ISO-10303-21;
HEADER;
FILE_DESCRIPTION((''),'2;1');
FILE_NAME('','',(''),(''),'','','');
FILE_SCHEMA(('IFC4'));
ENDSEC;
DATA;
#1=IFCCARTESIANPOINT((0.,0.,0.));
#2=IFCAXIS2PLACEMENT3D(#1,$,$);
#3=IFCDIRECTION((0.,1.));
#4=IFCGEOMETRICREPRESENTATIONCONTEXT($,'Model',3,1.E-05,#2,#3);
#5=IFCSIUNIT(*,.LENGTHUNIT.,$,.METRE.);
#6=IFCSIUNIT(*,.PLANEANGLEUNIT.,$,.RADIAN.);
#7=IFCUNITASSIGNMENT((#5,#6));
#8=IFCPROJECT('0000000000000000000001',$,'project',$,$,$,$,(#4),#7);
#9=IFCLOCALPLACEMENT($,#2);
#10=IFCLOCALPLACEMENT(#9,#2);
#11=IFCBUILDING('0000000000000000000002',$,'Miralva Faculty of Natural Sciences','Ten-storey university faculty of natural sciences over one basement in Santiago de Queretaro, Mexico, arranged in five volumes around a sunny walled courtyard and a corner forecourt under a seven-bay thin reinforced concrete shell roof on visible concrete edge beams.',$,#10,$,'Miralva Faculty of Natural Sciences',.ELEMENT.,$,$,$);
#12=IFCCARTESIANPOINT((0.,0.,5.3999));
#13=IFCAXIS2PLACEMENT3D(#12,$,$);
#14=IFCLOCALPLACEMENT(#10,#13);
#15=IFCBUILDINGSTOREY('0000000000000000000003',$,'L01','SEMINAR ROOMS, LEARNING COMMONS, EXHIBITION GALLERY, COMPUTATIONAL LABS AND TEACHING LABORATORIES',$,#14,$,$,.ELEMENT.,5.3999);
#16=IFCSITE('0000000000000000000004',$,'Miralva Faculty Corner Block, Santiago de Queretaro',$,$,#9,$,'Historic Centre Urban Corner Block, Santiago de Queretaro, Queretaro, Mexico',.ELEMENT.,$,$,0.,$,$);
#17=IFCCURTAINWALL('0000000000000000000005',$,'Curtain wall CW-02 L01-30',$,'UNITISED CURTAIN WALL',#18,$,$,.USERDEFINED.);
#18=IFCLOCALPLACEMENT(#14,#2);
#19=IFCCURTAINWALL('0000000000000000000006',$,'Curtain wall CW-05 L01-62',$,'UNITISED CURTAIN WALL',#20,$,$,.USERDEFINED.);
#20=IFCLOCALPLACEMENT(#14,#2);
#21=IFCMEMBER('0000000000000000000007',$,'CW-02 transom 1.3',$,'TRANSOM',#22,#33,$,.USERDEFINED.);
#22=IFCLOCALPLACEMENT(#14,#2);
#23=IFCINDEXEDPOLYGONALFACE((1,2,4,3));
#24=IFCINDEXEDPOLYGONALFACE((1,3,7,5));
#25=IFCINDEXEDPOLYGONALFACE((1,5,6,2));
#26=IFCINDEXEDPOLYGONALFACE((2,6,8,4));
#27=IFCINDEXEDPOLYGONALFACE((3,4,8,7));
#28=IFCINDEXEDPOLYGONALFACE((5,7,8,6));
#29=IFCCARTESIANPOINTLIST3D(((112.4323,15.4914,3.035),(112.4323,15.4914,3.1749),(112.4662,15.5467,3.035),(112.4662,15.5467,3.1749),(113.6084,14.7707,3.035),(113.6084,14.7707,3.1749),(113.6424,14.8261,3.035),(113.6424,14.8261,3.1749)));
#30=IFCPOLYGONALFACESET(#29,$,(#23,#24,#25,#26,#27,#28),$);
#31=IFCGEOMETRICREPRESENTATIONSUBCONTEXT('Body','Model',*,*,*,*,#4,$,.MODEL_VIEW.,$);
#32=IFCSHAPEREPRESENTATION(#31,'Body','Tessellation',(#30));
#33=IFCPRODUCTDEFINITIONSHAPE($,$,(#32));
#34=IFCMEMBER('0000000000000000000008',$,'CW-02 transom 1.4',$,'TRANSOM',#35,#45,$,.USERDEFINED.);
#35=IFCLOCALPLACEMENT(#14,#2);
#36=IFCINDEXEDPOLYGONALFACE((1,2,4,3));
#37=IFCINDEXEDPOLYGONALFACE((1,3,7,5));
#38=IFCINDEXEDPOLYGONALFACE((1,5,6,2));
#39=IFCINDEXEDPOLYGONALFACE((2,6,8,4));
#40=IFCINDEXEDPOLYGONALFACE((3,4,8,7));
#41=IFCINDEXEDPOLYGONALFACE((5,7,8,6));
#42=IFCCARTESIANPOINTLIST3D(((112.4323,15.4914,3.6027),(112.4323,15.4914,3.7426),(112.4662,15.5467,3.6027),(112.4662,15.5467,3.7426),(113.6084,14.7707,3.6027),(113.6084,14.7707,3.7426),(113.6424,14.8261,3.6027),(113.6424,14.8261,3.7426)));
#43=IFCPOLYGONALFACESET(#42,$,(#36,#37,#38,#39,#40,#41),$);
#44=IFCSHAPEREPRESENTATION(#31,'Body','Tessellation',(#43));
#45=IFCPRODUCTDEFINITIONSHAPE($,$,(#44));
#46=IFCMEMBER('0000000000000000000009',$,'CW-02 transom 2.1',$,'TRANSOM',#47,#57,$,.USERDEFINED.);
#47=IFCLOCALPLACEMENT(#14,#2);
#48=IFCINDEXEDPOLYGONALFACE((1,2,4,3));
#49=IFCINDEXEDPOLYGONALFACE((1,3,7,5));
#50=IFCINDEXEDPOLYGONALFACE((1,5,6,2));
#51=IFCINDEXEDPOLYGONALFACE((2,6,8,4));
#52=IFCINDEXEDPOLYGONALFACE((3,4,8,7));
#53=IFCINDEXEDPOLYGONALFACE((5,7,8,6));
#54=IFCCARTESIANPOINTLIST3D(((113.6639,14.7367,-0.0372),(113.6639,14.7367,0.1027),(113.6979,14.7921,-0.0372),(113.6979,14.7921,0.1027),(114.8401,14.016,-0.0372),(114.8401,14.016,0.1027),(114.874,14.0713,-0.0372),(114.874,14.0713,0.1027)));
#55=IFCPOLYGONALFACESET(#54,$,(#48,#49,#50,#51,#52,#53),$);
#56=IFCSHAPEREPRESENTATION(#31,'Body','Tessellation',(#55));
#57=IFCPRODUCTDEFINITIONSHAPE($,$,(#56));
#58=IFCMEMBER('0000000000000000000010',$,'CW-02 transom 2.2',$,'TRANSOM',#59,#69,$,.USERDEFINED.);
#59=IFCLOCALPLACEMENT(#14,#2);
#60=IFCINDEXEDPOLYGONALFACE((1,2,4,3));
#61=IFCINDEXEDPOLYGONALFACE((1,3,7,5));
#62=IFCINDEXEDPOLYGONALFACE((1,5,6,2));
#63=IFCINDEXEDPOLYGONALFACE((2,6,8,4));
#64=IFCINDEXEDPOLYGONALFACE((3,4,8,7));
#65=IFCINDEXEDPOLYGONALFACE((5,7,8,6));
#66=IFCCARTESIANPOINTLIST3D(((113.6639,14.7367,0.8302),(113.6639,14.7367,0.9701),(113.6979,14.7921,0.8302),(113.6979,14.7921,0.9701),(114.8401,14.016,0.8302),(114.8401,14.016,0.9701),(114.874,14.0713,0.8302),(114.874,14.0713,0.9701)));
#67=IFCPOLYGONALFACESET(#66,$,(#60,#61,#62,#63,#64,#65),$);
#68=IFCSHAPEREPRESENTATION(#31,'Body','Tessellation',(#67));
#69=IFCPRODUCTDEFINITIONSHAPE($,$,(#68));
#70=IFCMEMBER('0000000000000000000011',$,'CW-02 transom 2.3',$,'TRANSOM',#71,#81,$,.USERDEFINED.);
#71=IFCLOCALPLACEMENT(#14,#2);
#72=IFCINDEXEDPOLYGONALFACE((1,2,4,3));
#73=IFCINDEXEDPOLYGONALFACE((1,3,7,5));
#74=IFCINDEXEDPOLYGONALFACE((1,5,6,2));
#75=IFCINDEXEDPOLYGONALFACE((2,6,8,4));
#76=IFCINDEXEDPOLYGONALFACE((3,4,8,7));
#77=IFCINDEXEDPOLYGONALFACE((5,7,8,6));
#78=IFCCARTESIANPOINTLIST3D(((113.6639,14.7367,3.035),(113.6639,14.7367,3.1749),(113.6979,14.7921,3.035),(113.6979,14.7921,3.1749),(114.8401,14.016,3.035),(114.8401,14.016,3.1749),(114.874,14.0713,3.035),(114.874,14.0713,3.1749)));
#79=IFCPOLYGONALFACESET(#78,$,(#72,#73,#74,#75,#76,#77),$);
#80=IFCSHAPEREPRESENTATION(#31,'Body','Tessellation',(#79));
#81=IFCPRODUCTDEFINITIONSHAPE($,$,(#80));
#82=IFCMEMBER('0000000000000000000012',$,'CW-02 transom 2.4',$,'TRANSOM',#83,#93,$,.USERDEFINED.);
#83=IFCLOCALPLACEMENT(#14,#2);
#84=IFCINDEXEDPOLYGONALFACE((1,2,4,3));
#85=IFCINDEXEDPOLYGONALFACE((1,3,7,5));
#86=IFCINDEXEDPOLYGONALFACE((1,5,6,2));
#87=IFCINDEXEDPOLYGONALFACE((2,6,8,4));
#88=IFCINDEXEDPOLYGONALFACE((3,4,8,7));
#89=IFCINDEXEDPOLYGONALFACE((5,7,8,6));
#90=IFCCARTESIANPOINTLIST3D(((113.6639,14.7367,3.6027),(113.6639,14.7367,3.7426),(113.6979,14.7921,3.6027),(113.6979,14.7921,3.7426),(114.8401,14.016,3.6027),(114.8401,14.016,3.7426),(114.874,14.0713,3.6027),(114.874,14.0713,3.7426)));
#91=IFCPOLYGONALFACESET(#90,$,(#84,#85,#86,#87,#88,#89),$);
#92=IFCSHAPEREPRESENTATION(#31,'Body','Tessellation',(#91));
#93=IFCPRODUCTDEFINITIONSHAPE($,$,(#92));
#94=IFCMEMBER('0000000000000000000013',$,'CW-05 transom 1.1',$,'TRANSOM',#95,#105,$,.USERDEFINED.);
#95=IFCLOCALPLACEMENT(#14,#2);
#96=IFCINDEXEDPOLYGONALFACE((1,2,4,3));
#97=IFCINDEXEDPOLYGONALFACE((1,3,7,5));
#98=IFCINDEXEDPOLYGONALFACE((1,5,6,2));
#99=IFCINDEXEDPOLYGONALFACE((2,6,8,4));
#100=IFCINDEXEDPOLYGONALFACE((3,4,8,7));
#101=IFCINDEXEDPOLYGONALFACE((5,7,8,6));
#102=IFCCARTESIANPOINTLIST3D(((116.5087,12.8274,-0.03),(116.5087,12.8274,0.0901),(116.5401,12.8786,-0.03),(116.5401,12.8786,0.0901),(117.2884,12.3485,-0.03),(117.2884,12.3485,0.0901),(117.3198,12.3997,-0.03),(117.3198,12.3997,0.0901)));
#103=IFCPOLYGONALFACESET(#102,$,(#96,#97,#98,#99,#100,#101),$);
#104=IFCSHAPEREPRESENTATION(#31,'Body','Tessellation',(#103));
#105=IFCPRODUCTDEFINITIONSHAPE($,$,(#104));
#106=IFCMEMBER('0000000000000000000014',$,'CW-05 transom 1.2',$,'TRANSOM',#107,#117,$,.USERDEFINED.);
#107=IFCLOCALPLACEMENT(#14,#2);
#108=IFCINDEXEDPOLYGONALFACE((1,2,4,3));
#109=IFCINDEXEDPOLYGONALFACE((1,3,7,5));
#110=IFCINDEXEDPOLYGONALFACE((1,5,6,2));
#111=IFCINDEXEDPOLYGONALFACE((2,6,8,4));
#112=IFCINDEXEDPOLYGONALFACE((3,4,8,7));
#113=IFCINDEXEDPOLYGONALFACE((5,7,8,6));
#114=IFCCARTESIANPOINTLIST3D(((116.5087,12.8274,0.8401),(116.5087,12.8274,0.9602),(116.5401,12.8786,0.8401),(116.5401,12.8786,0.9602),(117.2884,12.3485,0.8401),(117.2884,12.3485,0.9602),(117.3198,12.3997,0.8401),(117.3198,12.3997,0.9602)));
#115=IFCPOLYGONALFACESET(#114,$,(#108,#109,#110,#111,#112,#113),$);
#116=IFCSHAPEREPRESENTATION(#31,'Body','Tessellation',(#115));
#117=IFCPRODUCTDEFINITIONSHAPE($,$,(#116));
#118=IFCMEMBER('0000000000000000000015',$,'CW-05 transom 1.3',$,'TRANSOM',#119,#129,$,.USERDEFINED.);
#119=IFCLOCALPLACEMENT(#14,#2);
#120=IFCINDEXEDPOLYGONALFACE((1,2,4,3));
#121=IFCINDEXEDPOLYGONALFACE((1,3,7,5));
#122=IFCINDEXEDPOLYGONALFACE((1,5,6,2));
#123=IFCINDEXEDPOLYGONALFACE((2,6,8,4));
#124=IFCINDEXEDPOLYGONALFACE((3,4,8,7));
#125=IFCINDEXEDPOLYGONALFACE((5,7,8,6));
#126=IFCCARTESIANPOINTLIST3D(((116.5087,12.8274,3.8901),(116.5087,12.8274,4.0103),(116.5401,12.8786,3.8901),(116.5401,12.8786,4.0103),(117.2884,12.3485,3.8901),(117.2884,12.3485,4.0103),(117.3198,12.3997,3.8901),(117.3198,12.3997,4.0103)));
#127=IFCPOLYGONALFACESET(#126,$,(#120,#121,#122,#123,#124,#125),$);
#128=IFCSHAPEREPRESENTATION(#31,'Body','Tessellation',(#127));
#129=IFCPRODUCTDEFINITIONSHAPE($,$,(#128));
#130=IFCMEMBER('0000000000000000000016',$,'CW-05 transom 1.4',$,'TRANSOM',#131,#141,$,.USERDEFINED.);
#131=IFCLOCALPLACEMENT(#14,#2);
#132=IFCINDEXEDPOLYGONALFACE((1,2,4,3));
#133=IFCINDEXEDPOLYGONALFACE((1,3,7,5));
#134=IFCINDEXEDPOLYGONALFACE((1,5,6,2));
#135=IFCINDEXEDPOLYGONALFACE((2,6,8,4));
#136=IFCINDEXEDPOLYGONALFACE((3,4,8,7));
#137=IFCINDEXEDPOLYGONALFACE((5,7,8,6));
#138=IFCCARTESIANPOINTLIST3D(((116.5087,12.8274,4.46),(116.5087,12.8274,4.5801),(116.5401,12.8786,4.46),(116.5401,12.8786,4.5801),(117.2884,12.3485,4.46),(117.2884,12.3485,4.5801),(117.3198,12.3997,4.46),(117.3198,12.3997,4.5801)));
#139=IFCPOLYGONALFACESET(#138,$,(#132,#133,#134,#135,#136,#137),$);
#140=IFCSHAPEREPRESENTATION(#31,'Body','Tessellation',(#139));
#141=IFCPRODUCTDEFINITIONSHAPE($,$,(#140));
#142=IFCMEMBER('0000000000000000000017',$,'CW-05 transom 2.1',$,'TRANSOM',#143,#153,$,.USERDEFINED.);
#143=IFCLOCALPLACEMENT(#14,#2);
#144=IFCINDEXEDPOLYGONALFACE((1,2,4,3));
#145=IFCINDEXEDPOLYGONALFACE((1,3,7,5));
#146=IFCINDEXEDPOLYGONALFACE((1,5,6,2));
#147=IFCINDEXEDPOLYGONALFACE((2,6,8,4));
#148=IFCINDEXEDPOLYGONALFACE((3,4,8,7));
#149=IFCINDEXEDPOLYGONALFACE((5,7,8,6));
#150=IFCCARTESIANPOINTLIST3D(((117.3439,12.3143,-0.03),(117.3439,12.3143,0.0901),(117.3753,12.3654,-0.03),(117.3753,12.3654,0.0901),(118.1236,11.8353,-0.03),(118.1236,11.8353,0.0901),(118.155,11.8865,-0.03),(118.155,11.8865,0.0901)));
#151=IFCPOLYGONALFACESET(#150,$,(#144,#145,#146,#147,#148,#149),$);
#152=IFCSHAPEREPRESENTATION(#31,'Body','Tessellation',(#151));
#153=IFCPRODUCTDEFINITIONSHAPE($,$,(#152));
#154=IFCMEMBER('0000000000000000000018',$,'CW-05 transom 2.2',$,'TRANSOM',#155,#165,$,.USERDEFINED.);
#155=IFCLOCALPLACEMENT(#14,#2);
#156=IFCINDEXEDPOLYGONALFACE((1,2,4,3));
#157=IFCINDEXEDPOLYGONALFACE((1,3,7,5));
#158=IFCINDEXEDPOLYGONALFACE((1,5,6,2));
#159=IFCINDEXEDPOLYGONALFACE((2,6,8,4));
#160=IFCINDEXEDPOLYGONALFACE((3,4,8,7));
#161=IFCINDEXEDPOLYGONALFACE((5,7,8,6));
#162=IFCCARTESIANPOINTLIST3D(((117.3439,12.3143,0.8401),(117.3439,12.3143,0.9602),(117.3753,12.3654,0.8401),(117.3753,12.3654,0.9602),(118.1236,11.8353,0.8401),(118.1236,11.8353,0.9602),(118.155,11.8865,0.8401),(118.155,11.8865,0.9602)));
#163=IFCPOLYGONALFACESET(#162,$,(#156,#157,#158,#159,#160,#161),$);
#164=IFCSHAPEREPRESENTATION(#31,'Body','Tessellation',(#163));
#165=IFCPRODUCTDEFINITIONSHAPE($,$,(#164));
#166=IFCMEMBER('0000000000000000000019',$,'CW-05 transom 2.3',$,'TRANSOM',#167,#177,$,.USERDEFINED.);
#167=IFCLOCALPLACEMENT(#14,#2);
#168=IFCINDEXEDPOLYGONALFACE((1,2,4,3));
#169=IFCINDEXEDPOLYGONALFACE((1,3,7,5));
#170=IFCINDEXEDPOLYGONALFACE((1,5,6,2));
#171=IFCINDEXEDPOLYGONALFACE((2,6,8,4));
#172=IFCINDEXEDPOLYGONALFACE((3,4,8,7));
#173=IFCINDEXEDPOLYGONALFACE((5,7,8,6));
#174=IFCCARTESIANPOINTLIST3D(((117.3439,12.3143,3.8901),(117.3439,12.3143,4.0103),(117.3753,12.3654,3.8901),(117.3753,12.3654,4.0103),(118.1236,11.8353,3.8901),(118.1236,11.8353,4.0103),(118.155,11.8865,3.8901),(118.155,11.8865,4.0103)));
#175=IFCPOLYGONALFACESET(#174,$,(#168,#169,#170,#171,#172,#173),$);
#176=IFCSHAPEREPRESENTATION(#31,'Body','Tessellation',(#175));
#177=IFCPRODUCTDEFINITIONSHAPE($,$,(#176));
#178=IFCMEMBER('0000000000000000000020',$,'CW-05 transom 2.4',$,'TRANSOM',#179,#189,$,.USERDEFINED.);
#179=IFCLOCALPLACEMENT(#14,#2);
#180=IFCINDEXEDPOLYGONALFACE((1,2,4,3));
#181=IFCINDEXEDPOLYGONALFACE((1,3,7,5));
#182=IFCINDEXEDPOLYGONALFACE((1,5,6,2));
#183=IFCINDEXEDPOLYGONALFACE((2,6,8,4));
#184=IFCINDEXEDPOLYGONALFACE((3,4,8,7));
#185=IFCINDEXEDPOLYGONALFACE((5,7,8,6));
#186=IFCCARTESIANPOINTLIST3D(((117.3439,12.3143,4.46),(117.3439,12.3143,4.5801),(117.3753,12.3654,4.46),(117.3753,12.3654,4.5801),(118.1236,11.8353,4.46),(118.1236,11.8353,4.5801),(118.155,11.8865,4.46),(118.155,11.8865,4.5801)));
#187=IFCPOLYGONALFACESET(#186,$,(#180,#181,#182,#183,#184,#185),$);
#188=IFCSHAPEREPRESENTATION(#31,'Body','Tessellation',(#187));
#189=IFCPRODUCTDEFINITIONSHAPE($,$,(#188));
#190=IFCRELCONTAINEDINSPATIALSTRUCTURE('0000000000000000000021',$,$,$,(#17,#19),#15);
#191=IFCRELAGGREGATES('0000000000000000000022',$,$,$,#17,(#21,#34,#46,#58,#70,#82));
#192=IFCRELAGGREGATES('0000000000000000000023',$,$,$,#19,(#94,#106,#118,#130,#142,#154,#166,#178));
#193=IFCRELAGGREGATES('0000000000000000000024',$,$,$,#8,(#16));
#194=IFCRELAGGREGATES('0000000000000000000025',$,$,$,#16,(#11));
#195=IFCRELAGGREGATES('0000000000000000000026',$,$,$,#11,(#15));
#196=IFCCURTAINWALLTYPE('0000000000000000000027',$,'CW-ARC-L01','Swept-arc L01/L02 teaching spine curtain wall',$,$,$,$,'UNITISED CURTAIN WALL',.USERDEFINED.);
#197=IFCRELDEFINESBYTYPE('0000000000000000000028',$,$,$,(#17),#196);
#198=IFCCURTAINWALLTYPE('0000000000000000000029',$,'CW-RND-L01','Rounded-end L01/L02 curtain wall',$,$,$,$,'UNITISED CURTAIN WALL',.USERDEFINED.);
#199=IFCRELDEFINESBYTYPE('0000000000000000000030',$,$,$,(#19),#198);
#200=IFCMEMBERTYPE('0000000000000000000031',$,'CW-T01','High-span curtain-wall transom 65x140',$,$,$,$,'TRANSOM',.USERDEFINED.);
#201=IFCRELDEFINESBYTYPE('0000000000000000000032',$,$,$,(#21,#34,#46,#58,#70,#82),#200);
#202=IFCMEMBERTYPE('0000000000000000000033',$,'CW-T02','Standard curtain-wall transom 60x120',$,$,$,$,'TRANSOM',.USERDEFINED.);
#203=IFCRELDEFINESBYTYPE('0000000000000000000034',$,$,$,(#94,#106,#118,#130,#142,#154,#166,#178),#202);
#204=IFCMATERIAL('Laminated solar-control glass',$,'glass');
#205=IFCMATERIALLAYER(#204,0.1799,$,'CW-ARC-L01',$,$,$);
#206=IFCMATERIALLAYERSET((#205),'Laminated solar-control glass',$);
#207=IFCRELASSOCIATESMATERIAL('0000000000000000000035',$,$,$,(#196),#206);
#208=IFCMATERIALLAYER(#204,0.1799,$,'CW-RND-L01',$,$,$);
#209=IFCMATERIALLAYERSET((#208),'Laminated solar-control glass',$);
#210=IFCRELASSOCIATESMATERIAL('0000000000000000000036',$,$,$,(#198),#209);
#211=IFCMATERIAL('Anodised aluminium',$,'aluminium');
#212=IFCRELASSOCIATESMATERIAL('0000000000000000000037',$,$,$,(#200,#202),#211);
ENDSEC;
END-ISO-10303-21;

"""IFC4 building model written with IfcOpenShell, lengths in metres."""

from ifc_helpers import new_model, si_unit, direction, frame, origin, origin_2d, place, context, subcontext, project, spatial, rectangle, extrude, material, layer, layer_set, material_profile, profile_set, type_object, element, aggregate, save


model = new_model("IFC4")

# Units and contexts
model_context = context("Model", 3, precision=1e-05, world=origin(), true_north=direction((0.0, 1.0)))
body_context = subcontext(model_context, "Body", "Model", "MODEL_VIEW")
ifc_project = project(units=[si_unit("LENGTHUNIT", "METRE"), si_unit("PLANEANGLEUNIT", "RADIAN")], contexts=[model_context])

# Site, building, storey
site_placement = place(None, origin())
site = spatial("IfcSite", under=ifc_project, at=site_placement, Name="Miralva Faculty Corner Block, Santiago de Queretaro", LongName="Historic Centre Urban Corner Block, Santiago de Queretaro, Queretaro, Mexico", CompositionType="ELEMENT", RefElevation=0.0)
building_placement = place(site_placement, origin())
building = spatial("IfcBuilding", under=site, at=building_placement, Name="Miralva Faculty of Natural Sciences", Description="Ten-storey university faculty of natural sciences over one basement in Santiago de Queretaro, Mexico, arranged in five volumes around a sunny walled courtyard and a corner forecourt under a seven-bay thin reinforced concrete shell roof on visible concrete edge beams.", LongName="Miralva Faculty of Natural Sciences", CompositionType="ELEMENT")
storey_placement = place(building_placement, frame((0.0, 0.0, 5.3999)))
storey = spatial("IfcBuildingStorey", under=building, at=storey_placement, Name="L01", Description="SEMINAR ROOMS, LEARNING COMMONS, EXHIBITION GALLERY, COMPUTATIONAL LABS AND TEACHING LABORATORIES", CompositionType="ELEMENT", Elevation=5.3999)

# Shared definitions
ifc_material_1 = material(Name="Laminated solar-control glass", Category="glass")
ifc_layer_1 = layer(ifc_material_1, 0.1799, Name="CW-ARC-L01")
ifc_layer_set_1 = layer_set([ifc_layer_1], Name="Laminated solar-control glass")
curtain_wall_type_1 = type_object("IfcCurtainWallType", Name="CW-ARC-L01", Description="Swept-arc L01/L02 teaching spine curtain wall", ElementType="UNITISED CURTAIN WALL", PredefinedType="USERDEFINED", material=ifc_layer_set_1)
ifc_material_2 = material(Name="Anodised aluminium", Category="aluminium")

# Curtain walls
curtain_wall_1_placement = place(storey_placement, origin())
curtain_wall_1 = element("IfcCurtainWall", 1, at=curtain_wall_1_placement, inside=storey, type_object=curtain_wall_type_1, Name="Curtain wall CW-02 L01-30", ObjectType="UNITISED CURTAIN WALL", PredefinedType="USERDEFINED")
ifc_layer_2 = layer(ifc_material_1, 0.1799, Name="CW-RND-L01")
ifc_layer_set_2 = layer_set([ifc_layer_2], Name="Laminated solar-control glass")
curtain_wall_type_2 = type_object("IfcCurtainWallType", Name="CW-RND-L01", Description="Rounded-end L01/L02 curtain wall", ElementType="UNITISED CURTAIN WALL", PredefinedType="USERDEFINED", material=ifc_layer_set_2)
curtain_wall_2_placement = place(storey_placement, origin())
curtain_wall_2 = element("IfcCurtainWall", 2, at=curtain_wall_2_placement, inside=storey, type_object=curtain_wall_type_2, Name="Curtain wall CW-05 L01-62", ObjectType="UNITISED CURTAIN WALL", PredefinedType="USERDEFINED")

# Members
ifc_material_profile_1 = material_profile(ifc_material_2, rectangle(XDim=0.0649, YDim=0.1399, at=origin_2d()), Name="TRANSOM 65x140")
ifc_profile_set_1 = profile_set([ifc_material_profile_1], Name="Anodised aluminium")
member_type_1 = type_object("IfcMemberType", Name="CW-T01", Description="High-span curtain-wall transom 65x140", ElementType="TRANSOM", PredefinedType="USERDEFINED", material=ifc_profile_set_1)
member_1_placement = place(storey_placement, frame((112.4492, 15.519, 3.105), z_axis=(0.852678, -0.522438, 0.0), x_axis=(0.522438, 0.852678, 0.0)))
member_1 = element("IfcMember", 3, at=member_1_placement, type_object=member_type_1, Name="CW-02 transom 1.3", ObjectType="TRANSOM", PredefinedType="USERDEFINED", context=body_context, shape_type="SweptSolid", body=[
    extrude(rectangle(XDim=0.0649, YDim=0.1399, at=origin_2d()), origin(), (0.0, 0.0, 1.0), 1.3794),
])
member_2_placement = place(storey_placement, frame((112.4492, 15.519, 3.6726), z_axis=(0.852678, -0.522438, 0.0), x_axis=(0.522438, 0.852678, 0.0)))
member_2 = element("IfcMember", 4, at=member_2_placement, type_object=member_type_1, Name="CW-02 transom 1.4", ObjectType="TRANSOM", PredefinedType="USERDEFINED", context=body_context, shape_type="SweptSolid", body=[
    extrude(rectangle(XDim=0.0649, YDim=0.1399, at=origin_2d()), origin(), (0.0, 0.0, 1.0), 1.3794),
])
member_3_placement = place(storey_placement, frame((113.6809, 14.7644, 0.0327), z_axis=(0.852629, -0.522516, 0.0), x_axis=(0.522516, 0.852629, 0.0)))
member_3 = element("IfcMember", 5, at=member_3_placement, type_object=member_type_1, Name="CW-02 transom 2.1", ObjectType="TRANSOM", PredefinedType="USERDEFINED", context=body_context, shape_type="SweptSolid", body=[
    extrude(rectangle(XDim=0.0649, YDim=0.1399, at=origin_2d()), origin(), (0.0, 0.0, 1.0), 1.3794),
])
member_4_placement = place(storey_placement, frame((113.6809, 14.7644, 0.9001), z_axis=(0.852629, -0.522516, 0.0), x_axis=(0.522516, 0.852629, 0.0)))
member_4 = element("IfcMember", 6, at=member_4_placement, type_object=member_type_1, Name="CW-02 transom 2.2", ObjectType="TRANSOM", PredefinedType="USERDEFINED", context=body_context, shape_type="SweptSolid", body=[
    extrude(rectangle(XDim=0.0649, YDim=0.1399, at=origin_2d()), origin(), (0.0, 0.0, 1.0), 1.3794),
])
member_5_placement = place(storey_placement, frame((113.6809, 14.7644, 3.105), z_axis=(0.852629, -0.522516, 0.0), x_axis=(0.522516, 0.852629, 0.0)))
member_5 = element("IfcMember", 7, at=member_5_placement, type_object=member_type_1, Name="CW-02 transom 2.3", ObjectType="TRANSOM", PredefinedType="USERDEFINED", context=body_context, shape_type="SweptSolid", body=[
    extrude(rectangle(XDim=0.0649, YDim=0.1399, at=origin_2d()), origin(), (0.0, 0.0, 1.0), 1.3794),
])
member_6_placement = place(storey_placement, frame((113.6809, 14.7644, 3.6726), z_axis=(0.852629, -0.522516, 0.0), x_axis=(0.522516, 0.852629, 0.0)))
member_6 = element("IfcMember", 8, at=member_6_placement, type_object=member_type_1, Name="CW-02 transom 2.4", ObjectType="TRANSOM", PredefinedType="USERDEFINED", context=body_context, shape_type="SweptSolid", body=[
    extrude(rectangle(XDim=0.0649, YDim=0.1399, at=origin_2d()), origin(), (0.0, 0.0, 1.0), 1.3794),
])
ifc_material_profile_2 = material_profile(ifc_material_2, rectangle(XDim=0.0601, YDim=0.1201, at=origin_2d()), Name="TRANSOM 60x120")
ifc_profile_set_2 = profile_set([ifc_material_profile_2], Name="Anodised aluminium")
member_type_2 = type_object("IfcMemberType", Name="CW-T02", Description="Standard curtain-wall transom 60x120", ElementType="TRANSOM", PredefinedType="USERDEFINED", material=ifc_profile_set_2)
member_7_placement = place(storey_placement, frame((116.5244, 12.853, 0.03), z_axis=(0.852079, -0.523413, 0.0), x_axis=(0.523413, 0.852079, 0.0)))
member_7 = element("IfcMember", 9, at=member_7_placement, type_object=member_type_2, Name="CW-05 transom 1.1", ObjectType="TRANSOM", PredefinedType="USERDEFINED", context=body_context, shape_type="SweptSolid", body=[
    extrude(rectangle(XDim=0.0601, YDim=0.1201, at=origin_2d()), origin(), (0.0, 0.0, 1.0), 0.915),
])
member_8_placement = place(storey_placement, frame((116.5244, 12.853, 0.9001), z_axis=(0.852079, -0.523413, 0.0), x_axis=(0.523413, 0.852079, 0.0)))
member_8 = element("IfcMember", 10, at=member_8_placement, type_object=member_type_2, Name="CW-05 transom 1.2", ObjectType="TRANSOM", PredefinedType="USERDEFINED", context=body_context, shape_type="SweptSolid", body=[
    extrude(rectangle(XDim=0.0601, YDim=0.1201, at=origin_2d()), origin(), (0.0, 0.0, 1.0), 0.915),
])
member_9_placement = place(storey_placement, frame((116.5244, 12.853, 3.9502), z_axis=(0.852079, -0.523413, 0.0), x_axis=(0.523413, 0.852079, 0.0)))
member_9 = element("IfcMember", 11, at=member_9_placement, type_object=member_type_2, Name="CW-05 transom 1.3", ObjectType="TRANSOM", PredefinedType="USERDEFINED", context=body_context, shape_type="SweptSolid", body=[
    extrude(rectangle(XDim=0.0601, YDim=0.1201, at=origin_2d()), origin(), (0.0, 0.0, 1.0), 0.915),
])
member_10_placement = place(storey_placement, frame((116.5244, 12.853, 4.52), z_axis=(0.852079, -0.523413, 0.0), x_axis=(0.523413, 0.852079, 0.0)))
member_10 = element("IfcMember", 12, at=member_10_placement, type_object=member_type_2, Name="CW-05 transom 1.4", ObjectType="TRANSOM", PredefinedType="USERDEFINED", context=body_context, shape_type="SweptSolid", body=[
    extrude(rectangle(XDim=0.0601, YDim=0.1201, at=origin_2d()), origin(), (0.0, 0.0, 1.0), 0.915),
])
member_11_placement = place(storey_placement, frame((117.3596, 12.3398, 0.03), z_axis=(0.852079, -0.523413, 0.0), x_axis=(0.523413, 0.852079, 0.0)))
member_11 = element("IfcMember", 13, at=member_11_placement, type_object=member_type_2, Name="CW-05 transom 2.1", ObjectType="TRANSOM", PredefinedType="USERDEFINED", context=body_context, shape_type="SweptSolid", body=[
    extrude(rectangle(XDim=0.0601, YDim=0.1201, at=origin_2d()), origin(), (0.0, 0.0, 1.0), 0.915),
])
member_12_placement = place(storey_placement, frame((117.3596, 12.3398, 0.9001), z_axis=(0.852079, -0.523413, 0.0), x_axis=(0.523413, 0.852079, 0.0)))
member_12 = element("IfcMember", 14, at=member_12_placement, type_object=member_type_2, Name="CW-05 transom 2.2", ObjectType="TRANSOM", PredefinedType="USERDEFINED", context=body_context, shape_type="SweptSolid", body=[
    extrude(rectangle(XDim=0.0601, YDim=0.1201, at=origin_2d()), origin(), (0.0, 0.0, 1.0), 0.915),
])
member_13_placement = place(storey_placement, frame((117.3596, 12.3398, 3.9502), z_axis=(0.852079, -0.523413, 0.0), x_axis=(0.523413, 0.852079, 0.0)))
member_13 = element("IfcMember", 15, at=member_13_placement, type_object=member_type_2, Name="CW-05 transom 2.3", ObjectType="TRANSOM", PredefinedType="USERDEFINED", context=body_context, shape_type="SweptSolid", body=[
    extrude(rectangle(XDim=0.0601, YDim=0.1201, at=origin_2d()), origin(), (0.0, 0.0, 1.0), 0.915),
])
member_14_placement = place(storey_placement, frame((117.3596, 12.3398, 4.52), z_axis=(0.852079, -0.523413, 0.0), x_axis=(0.523413, 0.852079, 0.0)))
member_14 = element("IfcMember", 16, at=member_14_placement, type_object=member_type_2, Name="CW-05 transom 2.4", ObjectType="TRANSOM", PredefinedType="USERDEFINED", context=body_context, shape_type="SweptSolid", body=[
    extrude(rectangle(XDim=0.0601, YDim=0.1201, at=origin_2d()), origin(), (0.0, 0.0, 1.0), 0.915),
])

aggregate(curtain_wall_1, [member_1, member_2, member_3, member_4, member_5, member_6])
aggregate(curtain_wall_2, [member_7, member_8, member_9, member_10, member_11, member_12, member_13, member_14])

save(model, "model.ifc")
